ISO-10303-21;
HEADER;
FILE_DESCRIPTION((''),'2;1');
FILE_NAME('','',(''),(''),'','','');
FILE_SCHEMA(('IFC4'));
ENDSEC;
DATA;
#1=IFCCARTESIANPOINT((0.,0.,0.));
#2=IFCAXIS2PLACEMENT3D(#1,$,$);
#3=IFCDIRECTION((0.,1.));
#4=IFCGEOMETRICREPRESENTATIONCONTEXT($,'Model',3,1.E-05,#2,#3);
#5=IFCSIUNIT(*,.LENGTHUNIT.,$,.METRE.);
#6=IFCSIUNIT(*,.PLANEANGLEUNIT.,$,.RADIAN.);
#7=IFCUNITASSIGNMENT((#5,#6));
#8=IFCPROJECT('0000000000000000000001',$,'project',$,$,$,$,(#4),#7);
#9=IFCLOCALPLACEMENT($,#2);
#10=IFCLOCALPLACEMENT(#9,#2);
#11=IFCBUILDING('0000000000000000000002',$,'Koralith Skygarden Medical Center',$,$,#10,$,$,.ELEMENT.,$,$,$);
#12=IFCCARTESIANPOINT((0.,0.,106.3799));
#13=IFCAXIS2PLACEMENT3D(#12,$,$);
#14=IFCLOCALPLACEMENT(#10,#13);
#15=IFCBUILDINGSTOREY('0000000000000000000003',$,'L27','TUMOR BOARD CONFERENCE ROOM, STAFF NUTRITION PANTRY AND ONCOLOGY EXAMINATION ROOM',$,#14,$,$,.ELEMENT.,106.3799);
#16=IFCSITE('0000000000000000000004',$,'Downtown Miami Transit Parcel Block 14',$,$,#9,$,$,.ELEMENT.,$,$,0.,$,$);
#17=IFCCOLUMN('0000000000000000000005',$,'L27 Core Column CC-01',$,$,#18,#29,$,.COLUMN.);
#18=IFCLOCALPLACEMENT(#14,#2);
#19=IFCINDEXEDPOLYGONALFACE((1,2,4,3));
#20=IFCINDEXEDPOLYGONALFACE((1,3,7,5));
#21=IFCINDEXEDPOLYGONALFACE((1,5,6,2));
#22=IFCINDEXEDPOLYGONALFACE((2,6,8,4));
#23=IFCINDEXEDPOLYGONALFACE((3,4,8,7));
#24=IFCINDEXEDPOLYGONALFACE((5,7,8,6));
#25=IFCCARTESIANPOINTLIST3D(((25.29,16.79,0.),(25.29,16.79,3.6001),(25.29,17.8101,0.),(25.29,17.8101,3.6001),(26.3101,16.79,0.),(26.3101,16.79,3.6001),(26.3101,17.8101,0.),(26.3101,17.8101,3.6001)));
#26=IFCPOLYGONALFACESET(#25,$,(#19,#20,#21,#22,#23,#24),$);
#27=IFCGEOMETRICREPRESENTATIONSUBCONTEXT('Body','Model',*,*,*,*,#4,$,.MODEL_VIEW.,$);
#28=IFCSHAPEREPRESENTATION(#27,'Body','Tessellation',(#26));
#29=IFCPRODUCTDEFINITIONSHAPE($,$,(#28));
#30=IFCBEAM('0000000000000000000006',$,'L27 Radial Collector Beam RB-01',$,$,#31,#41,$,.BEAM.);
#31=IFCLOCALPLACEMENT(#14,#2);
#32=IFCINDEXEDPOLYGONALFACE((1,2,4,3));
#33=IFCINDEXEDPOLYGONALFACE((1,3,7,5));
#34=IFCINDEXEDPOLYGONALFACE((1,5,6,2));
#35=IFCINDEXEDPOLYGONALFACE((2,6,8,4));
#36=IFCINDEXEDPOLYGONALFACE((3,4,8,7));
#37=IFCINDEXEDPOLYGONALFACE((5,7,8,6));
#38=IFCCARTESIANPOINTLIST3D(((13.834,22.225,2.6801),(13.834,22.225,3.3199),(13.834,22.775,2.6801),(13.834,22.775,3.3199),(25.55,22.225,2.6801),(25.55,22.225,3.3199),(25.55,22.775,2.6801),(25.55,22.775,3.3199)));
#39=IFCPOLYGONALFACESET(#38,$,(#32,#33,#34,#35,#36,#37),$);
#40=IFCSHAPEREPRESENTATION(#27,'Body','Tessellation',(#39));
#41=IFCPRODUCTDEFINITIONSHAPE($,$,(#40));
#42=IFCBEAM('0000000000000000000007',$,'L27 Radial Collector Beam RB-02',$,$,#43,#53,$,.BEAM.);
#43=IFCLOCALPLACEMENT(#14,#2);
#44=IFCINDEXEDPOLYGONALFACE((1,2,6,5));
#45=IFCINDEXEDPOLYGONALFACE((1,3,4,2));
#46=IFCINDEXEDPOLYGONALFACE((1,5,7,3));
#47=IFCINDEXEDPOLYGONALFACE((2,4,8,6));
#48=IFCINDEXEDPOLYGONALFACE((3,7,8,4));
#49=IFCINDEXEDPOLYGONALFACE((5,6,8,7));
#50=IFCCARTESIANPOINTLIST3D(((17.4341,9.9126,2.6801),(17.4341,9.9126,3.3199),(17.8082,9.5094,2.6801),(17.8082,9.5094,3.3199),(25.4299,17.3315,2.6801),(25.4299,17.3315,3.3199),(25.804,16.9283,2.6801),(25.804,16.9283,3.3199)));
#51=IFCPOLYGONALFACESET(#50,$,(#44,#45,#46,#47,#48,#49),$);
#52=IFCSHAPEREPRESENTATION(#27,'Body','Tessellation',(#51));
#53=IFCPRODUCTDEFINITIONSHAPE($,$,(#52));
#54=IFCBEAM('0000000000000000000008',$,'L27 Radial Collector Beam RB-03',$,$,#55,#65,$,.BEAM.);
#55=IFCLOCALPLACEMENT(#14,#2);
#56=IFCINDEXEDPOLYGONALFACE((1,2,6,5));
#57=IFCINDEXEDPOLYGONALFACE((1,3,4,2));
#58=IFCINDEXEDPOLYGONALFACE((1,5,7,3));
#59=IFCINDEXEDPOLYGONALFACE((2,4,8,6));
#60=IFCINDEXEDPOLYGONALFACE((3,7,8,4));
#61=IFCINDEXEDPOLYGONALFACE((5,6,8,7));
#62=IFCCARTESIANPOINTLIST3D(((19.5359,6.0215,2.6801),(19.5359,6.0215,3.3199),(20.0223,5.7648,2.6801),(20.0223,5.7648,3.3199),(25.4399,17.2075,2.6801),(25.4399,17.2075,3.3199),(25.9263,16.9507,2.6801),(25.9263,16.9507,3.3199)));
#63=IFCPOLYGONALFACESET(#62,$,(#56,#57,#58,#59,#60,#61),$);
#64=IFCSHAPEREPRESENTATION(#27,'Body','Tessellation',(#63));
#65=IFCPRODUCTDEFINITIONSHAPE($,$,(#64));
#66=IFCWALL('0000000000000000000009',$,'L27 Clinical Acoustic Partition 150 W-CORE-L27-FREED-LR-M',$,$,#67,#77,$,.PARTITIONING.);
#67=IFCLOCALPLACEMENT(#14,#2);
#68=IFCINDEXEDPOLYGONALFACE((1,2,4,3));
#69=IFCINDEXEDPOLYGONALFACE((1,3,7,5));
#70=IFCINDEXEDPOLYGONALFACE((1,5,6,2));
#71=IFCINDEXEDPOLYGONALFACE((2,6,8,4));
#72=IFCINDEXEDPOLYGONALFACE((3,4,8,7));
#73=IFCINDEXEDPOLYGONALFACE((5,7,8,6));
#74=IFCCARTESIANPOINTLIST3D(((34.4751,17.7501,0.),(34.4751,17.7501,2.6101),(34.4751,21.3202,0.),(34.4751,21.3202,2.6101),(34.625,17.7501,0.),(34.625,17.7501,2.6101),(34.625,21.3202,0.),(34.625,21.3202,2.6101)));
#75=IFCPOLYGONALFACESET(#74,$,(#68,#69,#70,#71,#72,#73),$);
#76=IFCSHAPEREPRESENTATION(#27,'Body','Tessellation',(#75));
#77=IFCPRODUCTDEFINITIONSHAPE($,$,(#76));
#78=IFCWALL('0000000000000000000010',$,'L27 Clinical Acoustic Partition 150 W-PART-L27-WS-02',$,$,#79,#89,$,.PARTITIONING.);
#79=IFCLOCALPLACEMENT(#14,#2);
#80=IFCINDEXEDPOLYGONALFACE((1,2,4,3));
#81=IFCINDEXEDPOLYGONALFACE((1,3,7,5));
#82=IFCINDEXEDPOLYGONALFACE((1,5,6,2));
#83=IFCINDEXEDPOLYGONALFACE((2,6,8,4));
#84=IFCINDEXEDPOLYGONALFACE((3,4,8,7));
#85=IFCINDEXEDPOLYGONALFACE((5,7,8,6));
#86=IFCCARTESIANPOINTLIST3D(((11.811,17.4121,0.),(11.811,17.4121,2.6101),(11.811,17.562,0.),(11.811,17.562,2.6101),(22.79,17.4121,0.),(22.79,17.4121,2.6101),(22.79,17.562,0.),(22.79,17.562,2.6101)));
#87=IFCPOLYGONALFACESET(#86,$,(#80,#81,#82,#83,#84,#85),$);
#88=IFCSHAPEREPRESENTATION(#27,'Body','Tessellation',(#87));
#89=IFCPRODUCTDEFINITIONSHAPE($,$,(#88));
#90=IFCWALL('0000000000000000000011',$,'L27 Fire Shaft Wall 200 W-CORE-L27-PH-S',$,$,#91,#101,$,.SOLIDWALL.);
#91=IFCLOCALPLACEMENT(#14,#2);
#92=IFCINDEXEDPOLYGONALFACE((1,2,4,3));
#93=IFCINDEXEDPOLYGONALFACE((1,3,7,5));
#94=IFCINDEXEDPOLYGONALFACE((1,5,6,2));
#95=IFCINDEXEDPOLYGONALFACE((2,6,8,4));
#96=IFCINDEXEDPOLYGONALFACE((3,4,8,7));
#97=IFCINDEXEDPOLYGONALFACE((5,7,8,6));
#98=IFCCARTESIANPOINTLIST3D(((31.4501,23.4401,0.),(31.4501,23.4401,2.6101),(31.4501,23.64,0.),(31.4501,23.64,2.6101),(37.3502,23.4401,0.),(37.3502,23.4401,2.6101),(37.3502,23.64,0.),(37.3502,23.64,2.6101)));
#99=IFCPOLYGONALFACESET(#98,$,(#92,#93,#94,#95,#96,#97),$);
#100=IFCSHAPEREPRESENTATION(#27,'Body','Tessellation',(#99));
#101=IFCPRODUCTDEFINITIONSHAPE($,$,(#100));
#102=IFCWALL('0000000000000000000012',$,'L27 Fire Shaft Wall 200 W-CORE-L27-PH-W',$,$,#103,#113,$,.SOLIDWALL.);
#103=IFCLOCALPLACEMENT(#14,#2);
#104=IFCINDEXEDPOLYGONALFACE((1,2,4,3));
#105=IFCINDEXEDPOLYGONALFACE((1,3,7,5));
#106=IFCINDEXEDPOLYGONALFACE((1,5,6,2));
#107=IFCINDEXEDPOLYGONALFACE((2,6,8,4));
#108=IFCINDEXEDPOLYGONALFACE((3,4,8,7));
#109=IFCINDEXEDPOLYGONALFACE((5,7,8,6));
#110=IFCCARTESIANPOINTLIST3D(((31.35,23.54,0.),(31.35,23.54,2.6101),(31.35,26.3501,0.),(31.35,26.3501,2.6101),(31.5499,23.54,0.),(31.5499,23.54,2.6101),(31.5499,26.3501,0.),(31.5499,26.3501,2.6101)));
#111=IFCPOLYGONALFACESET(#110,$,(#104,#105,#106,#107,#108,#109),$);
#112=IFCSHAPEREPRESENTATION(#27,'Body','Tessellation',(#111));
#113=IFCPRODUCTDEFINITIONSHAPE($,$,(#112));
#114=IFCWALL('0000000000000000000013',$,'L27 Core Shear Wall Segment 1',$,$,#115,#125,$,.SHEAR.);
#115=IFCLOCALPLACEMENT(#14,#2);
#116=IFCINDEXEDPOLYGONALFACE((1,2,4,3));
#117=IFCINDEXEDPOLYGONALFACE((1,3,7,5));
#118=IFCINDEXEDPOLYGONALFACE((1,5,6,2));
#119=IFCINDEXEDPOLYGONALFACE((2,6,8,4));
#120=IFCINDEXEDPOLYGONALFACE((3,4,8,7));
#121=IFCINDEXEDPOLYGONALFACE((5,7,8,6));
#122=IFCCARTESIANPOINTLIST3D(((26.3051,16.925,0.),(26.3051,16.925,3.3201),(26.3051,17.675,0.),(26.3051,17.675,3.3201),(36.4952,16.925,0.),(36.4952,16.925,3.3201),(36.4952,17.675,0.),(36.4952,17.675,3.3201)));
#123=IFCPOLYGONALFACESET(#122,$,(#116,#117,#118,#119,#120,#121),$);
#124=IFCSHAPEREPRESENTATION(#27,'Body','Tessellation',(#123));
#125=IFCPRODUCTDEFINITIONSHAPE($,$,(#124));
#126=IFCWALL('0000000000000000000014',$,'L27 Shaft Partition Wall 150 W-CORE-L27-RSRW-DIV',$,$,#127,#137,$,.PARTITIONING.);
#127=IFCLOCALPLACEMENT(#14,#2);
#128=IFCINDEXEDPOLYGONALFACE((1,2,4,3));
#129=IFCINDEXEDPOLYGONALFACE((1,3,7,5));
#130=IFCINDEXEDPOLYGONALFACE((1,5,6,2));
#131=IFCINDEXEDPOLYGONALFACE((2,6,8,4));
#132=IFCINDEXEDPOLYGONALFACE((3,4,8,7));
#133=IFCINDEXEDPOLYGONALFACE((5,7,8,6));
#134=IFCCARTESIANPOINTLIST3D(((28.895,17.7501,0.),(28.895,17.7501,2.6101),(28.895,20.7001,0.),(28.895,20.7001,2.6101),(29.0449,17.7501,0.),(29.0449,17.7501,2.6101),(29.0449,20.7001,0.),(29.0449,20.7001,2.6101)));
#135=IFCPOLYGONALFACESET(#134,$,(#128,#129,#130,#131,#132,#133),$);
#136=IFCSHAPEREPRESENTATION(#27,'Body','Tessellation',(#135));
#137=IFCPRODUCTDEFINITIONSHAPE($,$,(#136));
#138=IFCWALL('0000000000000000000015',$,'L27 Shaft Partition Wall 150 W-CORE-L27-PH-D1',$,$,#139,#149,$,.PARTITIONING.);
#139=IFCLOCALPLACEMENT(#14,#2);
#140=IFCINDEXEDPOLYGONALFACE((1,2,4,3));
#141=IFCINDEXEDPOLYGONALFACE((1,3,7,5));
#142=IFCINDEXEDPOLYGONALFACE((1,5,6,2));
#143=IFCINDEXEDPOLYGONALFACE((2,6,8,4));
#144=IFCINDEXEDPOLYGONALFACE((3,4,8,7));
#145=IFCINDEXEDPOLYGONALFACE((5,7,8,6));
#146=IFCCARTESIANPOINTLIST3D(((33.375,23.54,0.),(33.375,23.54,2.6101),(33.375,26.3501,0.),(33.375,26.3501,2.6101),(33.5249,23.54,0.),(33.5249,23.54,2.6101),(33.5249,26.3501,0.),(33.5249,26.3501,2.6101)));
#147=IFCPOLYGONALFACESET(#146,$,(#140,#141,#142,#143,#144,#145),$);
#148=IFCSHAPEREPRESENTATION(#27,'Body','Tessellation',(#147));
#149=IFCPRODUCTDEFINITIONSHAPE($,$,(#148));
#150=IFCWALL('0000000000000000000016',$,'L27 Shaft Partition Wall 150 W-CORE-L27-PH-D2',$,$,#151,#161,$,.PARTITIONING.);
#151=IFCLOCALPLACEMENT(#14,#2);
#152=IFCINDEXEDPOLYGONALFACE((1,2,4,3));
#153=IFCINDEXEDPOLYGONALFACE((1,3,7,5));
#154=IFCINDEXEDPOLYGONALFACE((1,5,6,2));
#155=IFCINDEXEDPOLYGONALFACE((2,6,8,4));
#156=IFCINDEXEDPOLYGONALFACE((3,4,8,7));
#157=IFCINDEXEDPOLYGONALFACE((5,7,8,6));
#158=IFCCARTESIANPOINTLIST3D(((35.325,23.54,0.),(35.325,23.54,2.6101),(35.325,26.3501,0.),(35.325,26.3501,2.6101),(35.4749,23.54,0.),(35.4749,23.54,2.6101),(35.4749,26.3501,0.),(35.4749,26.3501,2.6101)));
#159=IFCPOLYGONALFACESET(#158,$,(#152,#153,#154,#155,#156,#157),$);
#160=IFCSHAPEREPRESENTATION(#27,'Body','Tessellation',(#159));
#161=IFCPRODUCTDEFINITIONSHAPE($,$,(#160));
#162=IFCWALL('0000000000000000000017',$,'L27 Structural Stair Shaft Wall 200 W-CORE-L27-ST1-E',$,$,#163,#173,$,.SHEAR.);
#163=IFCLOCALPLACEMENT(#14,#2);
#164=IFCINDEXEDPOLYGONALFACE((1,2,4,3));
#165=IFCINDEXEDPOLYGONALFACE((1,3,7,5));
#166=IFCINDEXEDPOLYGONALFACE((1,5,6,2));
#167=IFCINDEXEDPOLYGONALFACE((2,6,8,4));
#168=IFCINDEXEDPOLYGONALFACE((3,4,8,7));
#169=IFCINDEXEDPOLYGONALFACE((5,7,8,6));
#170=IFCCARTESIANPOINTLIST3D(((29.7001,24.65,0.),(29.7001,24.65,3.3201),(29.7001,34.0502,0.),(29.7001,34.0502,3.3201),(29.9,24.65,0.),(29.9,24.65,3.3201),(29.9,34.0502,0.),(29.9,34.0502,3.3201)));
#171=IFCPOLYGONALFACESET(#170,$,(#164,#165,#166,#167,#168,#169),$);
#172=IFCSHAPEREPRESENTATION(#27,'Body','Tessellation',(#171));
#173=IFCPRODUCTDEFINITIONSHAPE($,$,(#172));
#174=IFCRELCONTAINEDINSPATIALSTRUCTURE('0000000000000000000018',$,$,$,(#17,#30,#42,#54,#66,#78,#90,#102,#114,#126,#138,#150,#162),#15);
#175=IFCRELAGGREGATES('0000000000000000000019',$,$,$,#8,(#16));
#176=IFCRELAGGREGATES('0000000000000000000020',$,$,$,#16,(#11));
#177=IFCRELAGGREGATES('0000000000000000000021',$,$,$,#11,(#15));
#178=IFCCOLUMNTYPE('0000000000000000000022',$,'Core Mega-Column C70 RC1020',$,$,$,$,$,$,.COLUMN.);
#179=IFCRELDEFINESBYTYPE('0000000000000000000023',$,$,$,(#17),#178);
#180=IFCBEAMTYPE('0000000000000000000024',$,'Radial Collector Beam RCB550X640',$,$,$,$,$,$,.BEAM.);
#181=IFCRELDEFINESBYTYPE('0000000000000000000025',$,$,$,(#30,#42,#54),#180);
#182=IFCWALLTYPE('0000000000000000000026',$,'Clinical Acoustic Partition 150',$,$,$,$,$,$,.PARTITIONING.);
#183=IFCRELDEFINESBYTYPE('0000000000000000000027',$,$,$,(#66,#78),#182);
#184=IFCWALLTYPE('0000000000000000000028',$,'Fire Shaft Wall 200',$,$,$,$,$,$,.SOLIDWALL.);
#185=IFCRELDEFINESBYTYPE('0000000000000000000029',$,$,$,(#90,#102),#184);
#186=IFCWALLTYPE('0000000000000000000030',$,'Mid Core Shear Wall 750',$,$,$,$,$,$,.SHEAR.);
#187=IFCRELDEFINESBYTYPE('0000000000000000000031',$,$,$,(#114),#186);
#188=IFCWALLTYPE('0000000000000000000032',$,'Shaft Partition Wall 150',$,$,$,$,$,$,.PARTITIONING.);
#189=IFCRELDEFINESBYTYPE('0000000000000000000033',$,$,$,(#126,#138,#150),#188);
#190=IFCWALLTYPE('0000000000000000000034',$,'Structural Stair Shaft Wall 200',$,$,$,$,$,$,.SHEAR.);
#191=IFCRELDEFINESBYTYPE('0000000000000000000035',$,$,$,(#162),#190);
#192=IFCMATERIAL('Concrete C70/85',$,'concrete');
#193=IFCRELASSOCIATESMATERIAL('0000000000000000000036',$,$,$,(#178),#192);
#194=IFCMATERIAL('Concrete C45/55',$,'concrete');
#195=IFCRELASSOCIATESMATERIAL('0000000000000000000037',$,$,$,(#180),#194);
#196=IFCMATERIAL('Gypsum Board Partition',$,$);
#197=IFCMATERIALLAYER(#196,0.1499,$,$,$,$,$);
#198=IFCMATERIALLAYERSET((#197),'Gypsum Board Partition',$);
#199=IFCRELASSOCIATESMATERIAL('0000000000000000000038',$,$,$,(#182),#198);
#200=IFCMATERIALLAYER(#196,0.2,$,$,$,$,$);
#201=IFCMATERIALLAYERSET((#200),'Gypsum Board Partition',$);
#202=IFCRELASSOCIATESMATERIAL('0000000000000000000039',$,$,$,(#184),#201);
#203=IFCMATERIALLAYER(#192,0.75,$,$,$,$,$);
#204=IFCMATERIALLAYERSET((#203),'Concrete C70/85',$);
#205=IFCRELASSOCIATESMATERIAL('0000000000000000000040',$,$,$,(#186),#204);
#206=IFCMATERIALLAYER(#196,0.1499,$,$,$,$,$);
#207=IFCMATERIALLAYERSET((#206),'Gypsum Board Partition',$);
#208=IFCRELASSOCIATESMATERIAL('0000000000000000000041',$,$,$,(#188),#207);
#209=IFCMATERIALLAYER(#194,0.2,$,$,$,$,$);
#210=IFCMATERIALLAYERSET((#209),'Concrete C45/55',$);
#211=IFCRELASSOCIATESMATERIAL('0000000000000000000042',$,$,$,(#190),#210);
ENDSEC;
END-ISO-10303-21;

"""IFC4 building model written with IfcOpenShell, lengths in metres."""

from ifc_helpers import new_model, si_unit, direction, frame, frame_2d, origin, origin_2d, place, context, subcontext, project, spatial, rectangle, extrude, material, layer, layer_set, material_profile, profile_set, type_object, element, save


model = new_model("IFC4")

# Units and contexts
model_context = context("Model", 3, precision=1e-05, world=origin(), true_north=direction((0.0, 1.0)))
body_context = subcontext(model_context, "Body", "Model", "MODEL_VIEW")
ifc_project = project(units=[si_unit("LENGTHUNIT", "METRE"), si_unit("PLANEANGLEUNIT", "RADIAN")], contexts=[model_context])

# Site, building, storey
site_placement = place(None, origin())
site = spatial("IfcSite", under=ifc_project, at=site_placement, Name="Downtown Miami Transit Parcel Block 14", CompositionType="ELEMENT", RefElevation=0.0)
building_placement = place(site_placement, origin())
building = spatial("IfcBuilding", under=site, at=building_placement, Name="Koralith Skygarden Medical Center", CompositionType="ELEMENT")
storey_placement = place(building_placement, frame((0.0, 0.0, 106.3799)))
storey = spatial("IfcBuildingStorey", under=building, at=storey_placement, Name="L27", Description="TUMOR BOARD CONFERENCE ROOM, STAFF NUTRITION PANTRY AND ONCOLOGY EXAMINATION ROOM", CompositionType="ELEMENT", Elevation=106.3799)

# Column
ifc_material_1 = material(Name="Concrete C70/85", Category="concrete")
ifc_material_profile_1 = material_profile(ifc_material_1, rectangle(XDim=1.02, YDim=1.02, at=origin_2d()), Name="RC1020X1020")
ifc_profile_set_1 = profile_set([ifc_material_profile_1], Name="Concrete C70/85")
column_type = type_object("IfcColumnType", Name="Core Mega-Column C70 RC1020", PredefinedType="COLUMN", material=ifc_profile_set_1)
column_placement = place(storey_placement, frame((25.8, 17.3, 0.0), z_axis=(0.0, 0.0, 1.0), x_axis=(1.0, 0.0, 0.0)))
element("IfcColumn", 1, at=column_placement, inside=storey, type_object=column_type, Name="L27 Core Column CC-01", PredefinedType="COLUMN", context=body_context, shape_type="SweptSolid", body=[
    extrude(rectangle(XDim=1.02, YDim=1.02, at=origin_2d()), origin(), (0.0, 0.0, 1.0), 3.6001),
])

# Beams
ifc_material_2 = material(Name="Concrete C45/55", Category="concrete")
ifc_material_profile_2 = material_profile(ifc_material_2, rectangle(XDim=0.55, YDim=0.6399, at=origin_2d()), Name="RCB550X640")
ifc_profile_set_2 = profile_set([ifc_material_profile_2], Name="Concrete C45/55")
beam_type = type_object("IfcBeamType", Name="Radial Collector Beam RCB550X640", PredefinedType="BEAM", material=ifc_profile_set_2)
beam_1_placement = place(storey_placement, frame((25.55, 22.5, 3.0), z_axis=(-1.0, 0.0, 0.0), x_axis=(0.0, -1.0, 0.0)))
element("IfcBeam", 2, at=beam_1_placement, inside=storey, type_object=beam_type, Name="L27 Radial Collector Beam RB-01", PredefinedType="BEAM", context=body_context, shape_type="SweptSolid", body=[
    extrude(rectangle(XDim=0.55, YDim=0.6399, at=origin_2d()), origin(), (0.0, 0.0, 1.0), 11.7161),
])
beam_2_placement = place(storey_placement, frame((25.6169, 17.1299, 3.0), z_axis=(-0.733057, -0.680167, 0.0), x_axis=(0.680167, -0.733057, 0.0)))
element("IfcBeam", 3, at=beam_2_placement, inside=storey, type_object=beam_type, Name="L27 Radial Collector Beam RB-02", PredefinedType="BEAM", context=body_context, shape_type="SweptSolid", body=[
    extrude(rectangle(XDim=0.55, YDim=0.6399, at=origin_2d()), origin(), (0.0, 0.0, 1.0), 10.9075),
])
beam_3_placement = place(storey_placement, frame((25.6831, 17.0791, 3.0), z_axis=(-0.466778, -0.884375, 0.0), x_axis=(0.884375, -0.466778, 0.0)))
element("IfcBeam", 4, at=beam_3_placement, inside=storey, type_object=beam_type, Name="L27 Radial Collector Beam RB-03", PredefinedType="BEAM", context=body_context, shape_type="SweptSolid", body=[
    extrude(rectangle(XDim=0.55, YDim=0.6399, at=origin_2d()), origin(), (0.0, 0.0, 1.0), 12.6484),
])

# Shared definitions
ifc_material_3 = material(Name="Gypsum Board Partition")
ifc_layer_1 = layer(ifc_material_3, 0.1499)
ifc_layer_set_1 = layer_set([ifc_layer_1], Name="Gypsum Board Partition")
wall_type_1 = type_object("IfcWallType", Name="Clinical Acoustic Partition 150", PredefinedType="PARTITIONING", material=ifc_layer_set_1)

# Walls
wall_1_placement = place(storey_placement, frame((34.55, 17.75, 0.0), z_axis=(0.0, 0.0, 1.0), x_axis=(0.0, 1.0, 0.0)))
element("IfcWall", 5, at=wall_1_placement, inside=storey, type_object=wall_type_1, Name="L27 Clinical Acoustic Partition 150 W-CORE-L27-FREED-LR-M", PredefinedType="PARTITIONING", context=body_context, shape_type="SweptSolid", body=[
    extrude(rectangle(XDim=3.5701, YDim=0.1499, at=frame_2d((1.7852, 0.0))), origin(), (0.0, 0.0, 1.0), 2.6101),
])
wall_2_placement = place(storey_placement, frame((22.79, 17.4871, 0.0), z_axis=(0.0, 0.0, 1.0), x_axis=(-1.0, 0.0, 0.0)))
element("IfcWall", 6, at=wall_2_placement, inside=storey, type_object=wall_type_1, Name="L27 Clinical Acoustic Partition 150 W-PART-L27-WS-02", PredefinedType="PARTITIONING", context=body_context, shape_type="SweptSolid", body=[
    extrude(rectangle(XDim=10.979, YDim=0.1499, at=frame_2d((5.4895, 0.0))), origin(), (0.0, 0.0, 1.0), 2.6101),
])

# Shared definitions
ifc_layer_2 = layer(ifc_material_3, 0.2)
ifc_layer_set_2 = layer_set([ifc_layer_2], Name="Gypsum Board Partition")
wall_type_2 = type_object("IfcWallType", Name="Fire Shaft Wall 200", PredefinedType="SOLIDWALL", material=ifc_layer_set_2)

# Walls
wall_3_placement = place(storey_placement, frame((31.45, 23.54, 0.0), z_axis=(0.0, 0.0, 1.0), x_axis=(1.0, 0.0, 0.0)))
element("IfcWall", 7, at=wall_3_placement, inside=storey, type_object=wall_type_2, Name="L27 Fire Shaft Wall 200 W-CORE-L27-PH-S", PredefinedType="SOLIDWALL", context=body_context, shape_type="SweptSolid", body=[
    extrude(rectangle(XDim=5.9001, YDim=0.2, at=frame_2d((2.9502, 0.0))), origin(), (0.0, 0.0, 1.0), 2.6101),
])
wall_4_placement = place(storey_placement, frame((31.45, 23.54, 0.0), z_axis=(0.0, 0.0, 1.0), x_axis=(0.0, 1.0, 0.0)))
element("IfcWall", 8, at=wall_4_placement, inside=storey, type_object=wall_type_2, Name="L27 Fire Shaft Wall 200 W-CORE-L27-PH-W", PredefinedType="SOLIDWALL", context=body_context, shape_type="SweptSolid", body=[
    extrude(rectangle(XDim=2.8101, YDim=0.2, at=frame_2d((1.405, 0.0))), origin(), (0.0, 0.0, 1.0), 2.6101),
])
ifc_layer_3 = layer(ifc_material_1, 0.75)
ifc_layer_set_3 = layer_set([ifc_layer_3], Name="Concrete C70/85")
wall_type_3 = type_object("IfcWallType", Name="Mid Core Shear Wall 750", PredefinedType="SHEAR", material=ifc_layer_set_3)
wall_5_placement = place(storey_placement, frame((26.3049, 17.3, 0.0), z_axis=(0.0, 0.0, 1.0), x_axis=(1.0, 0.0, 0.0)))
element("IfcWall", 9, at=wall_5_placement, inside=storey, type_object=wall_type_3, Name="L27 Core Shear Wall Segment 1", PredefinedType="SHEAR", context=body_context, shape_type="SweptSolid", body=[
    extrude(rectangle(XDim=10.1902, YDim=0.75, at=frame_2d((5.0952, 0.0))), origin(), (0.0, 0.0, 1.0), 3.3201),
])
ifc_layer_4 = layer(ifc_material_3, 0.1499)
ifc_layer_set_4 = layer_set([ifc_layer_4], Name="Gypsum Board Partition")
wall_type_4 = type_object("IfcWallType", Name="Shaft Partition Wall 150", PredefinedType="PARTITIONING", material=ifc_layer_set_4)
wall_6_placement = place(storey_placement, frame((28.97, 17.75, 0.0), z_axis=(0.0, 0.0, 1.0), x_axis=(0.0, 1.0, 0.0)))
element("IfcWall", 10, at=wall_6_placement, inside=storey, type_object=wall_type_4, Name="L27 Shaft Partition Wall 150 W-CORE-L27-RSRW-DIV", PredefinedType="PARTITIONING", context=body_context, shape_type="SweptSolid", body=[
    extrude(rectangle(XDim=2.95, YDim=0.1499, at=frame_2d((1.4751, 0.0))), origin(), (0.0, 0.0, 1.0), 2.6101),
])
for number, where, z_axis, x_axis, name in (
    (11, (33.45, 23.54, 0.0), (0.0, 0.0, 1.0), (0.0, 1.0, 0.0), "L27 Shaft Partition Wall 150 W-CORE-L27-PH-D1"),
    (12, (35.3999, 23.54, 0.0), (0.0, 0.0, 1.0), (0.0, 1.0, 0.0), "L27 Shaft Partition Wall 150 W-CORE-L27-PH-D2"),
):
    element("IfcWall", number, at=place(storey_placement, frame(where, z_axis=z_axis, x_axis=x_axis)), inside=storey, type_object=wall_type_4, Name=name, PredefinedType="PARTITIONING", context=body_context, shape_type="SweptSolid", body=[
        extrude(rectangle(XDim=2.8101, YDim=0.1499, at=frame_2d((1.405, 0.0))), origin(), (0.0, 0.0, 1.0), 2.6101),
    ])
ifc_layer_5 = layer(ifc_material_2, 0.2)
ifc_layer_set_5 = layer_set([ifc_layer_5], Name="Concrete C45/55")
wall_type_5 = type_object("IfcWallType", Name="Structural Stair Shaft Wall 200", PredefinedType="SHEAR", material=ifc_layer_set_5)
wall_7_placement = place(storey_placement, frame((29.8, 24.6499, 0.0), z_axis=(0.0, 0.0, 1.0), x_axis=(0.0, 1.0, 0.0)))
element("IfcWall", 13, at=wall_7_placement, inside=storey, type_object=wall_type_5, Name="L27 Structural Stair Shaft Wall 200 W-CORE-L27-ST1-E", PredefinedType="SHEAR", context=body_context, shape_type="SweptSolid", body=[
    extrude(rectangle(XDim=9.4001, YDim=0.2, at=frame_2d((4.7002, 0.0))), origin(), (0.0, 0.0, 1.0), 3.3201),
])

save(model, "model.ifc")
